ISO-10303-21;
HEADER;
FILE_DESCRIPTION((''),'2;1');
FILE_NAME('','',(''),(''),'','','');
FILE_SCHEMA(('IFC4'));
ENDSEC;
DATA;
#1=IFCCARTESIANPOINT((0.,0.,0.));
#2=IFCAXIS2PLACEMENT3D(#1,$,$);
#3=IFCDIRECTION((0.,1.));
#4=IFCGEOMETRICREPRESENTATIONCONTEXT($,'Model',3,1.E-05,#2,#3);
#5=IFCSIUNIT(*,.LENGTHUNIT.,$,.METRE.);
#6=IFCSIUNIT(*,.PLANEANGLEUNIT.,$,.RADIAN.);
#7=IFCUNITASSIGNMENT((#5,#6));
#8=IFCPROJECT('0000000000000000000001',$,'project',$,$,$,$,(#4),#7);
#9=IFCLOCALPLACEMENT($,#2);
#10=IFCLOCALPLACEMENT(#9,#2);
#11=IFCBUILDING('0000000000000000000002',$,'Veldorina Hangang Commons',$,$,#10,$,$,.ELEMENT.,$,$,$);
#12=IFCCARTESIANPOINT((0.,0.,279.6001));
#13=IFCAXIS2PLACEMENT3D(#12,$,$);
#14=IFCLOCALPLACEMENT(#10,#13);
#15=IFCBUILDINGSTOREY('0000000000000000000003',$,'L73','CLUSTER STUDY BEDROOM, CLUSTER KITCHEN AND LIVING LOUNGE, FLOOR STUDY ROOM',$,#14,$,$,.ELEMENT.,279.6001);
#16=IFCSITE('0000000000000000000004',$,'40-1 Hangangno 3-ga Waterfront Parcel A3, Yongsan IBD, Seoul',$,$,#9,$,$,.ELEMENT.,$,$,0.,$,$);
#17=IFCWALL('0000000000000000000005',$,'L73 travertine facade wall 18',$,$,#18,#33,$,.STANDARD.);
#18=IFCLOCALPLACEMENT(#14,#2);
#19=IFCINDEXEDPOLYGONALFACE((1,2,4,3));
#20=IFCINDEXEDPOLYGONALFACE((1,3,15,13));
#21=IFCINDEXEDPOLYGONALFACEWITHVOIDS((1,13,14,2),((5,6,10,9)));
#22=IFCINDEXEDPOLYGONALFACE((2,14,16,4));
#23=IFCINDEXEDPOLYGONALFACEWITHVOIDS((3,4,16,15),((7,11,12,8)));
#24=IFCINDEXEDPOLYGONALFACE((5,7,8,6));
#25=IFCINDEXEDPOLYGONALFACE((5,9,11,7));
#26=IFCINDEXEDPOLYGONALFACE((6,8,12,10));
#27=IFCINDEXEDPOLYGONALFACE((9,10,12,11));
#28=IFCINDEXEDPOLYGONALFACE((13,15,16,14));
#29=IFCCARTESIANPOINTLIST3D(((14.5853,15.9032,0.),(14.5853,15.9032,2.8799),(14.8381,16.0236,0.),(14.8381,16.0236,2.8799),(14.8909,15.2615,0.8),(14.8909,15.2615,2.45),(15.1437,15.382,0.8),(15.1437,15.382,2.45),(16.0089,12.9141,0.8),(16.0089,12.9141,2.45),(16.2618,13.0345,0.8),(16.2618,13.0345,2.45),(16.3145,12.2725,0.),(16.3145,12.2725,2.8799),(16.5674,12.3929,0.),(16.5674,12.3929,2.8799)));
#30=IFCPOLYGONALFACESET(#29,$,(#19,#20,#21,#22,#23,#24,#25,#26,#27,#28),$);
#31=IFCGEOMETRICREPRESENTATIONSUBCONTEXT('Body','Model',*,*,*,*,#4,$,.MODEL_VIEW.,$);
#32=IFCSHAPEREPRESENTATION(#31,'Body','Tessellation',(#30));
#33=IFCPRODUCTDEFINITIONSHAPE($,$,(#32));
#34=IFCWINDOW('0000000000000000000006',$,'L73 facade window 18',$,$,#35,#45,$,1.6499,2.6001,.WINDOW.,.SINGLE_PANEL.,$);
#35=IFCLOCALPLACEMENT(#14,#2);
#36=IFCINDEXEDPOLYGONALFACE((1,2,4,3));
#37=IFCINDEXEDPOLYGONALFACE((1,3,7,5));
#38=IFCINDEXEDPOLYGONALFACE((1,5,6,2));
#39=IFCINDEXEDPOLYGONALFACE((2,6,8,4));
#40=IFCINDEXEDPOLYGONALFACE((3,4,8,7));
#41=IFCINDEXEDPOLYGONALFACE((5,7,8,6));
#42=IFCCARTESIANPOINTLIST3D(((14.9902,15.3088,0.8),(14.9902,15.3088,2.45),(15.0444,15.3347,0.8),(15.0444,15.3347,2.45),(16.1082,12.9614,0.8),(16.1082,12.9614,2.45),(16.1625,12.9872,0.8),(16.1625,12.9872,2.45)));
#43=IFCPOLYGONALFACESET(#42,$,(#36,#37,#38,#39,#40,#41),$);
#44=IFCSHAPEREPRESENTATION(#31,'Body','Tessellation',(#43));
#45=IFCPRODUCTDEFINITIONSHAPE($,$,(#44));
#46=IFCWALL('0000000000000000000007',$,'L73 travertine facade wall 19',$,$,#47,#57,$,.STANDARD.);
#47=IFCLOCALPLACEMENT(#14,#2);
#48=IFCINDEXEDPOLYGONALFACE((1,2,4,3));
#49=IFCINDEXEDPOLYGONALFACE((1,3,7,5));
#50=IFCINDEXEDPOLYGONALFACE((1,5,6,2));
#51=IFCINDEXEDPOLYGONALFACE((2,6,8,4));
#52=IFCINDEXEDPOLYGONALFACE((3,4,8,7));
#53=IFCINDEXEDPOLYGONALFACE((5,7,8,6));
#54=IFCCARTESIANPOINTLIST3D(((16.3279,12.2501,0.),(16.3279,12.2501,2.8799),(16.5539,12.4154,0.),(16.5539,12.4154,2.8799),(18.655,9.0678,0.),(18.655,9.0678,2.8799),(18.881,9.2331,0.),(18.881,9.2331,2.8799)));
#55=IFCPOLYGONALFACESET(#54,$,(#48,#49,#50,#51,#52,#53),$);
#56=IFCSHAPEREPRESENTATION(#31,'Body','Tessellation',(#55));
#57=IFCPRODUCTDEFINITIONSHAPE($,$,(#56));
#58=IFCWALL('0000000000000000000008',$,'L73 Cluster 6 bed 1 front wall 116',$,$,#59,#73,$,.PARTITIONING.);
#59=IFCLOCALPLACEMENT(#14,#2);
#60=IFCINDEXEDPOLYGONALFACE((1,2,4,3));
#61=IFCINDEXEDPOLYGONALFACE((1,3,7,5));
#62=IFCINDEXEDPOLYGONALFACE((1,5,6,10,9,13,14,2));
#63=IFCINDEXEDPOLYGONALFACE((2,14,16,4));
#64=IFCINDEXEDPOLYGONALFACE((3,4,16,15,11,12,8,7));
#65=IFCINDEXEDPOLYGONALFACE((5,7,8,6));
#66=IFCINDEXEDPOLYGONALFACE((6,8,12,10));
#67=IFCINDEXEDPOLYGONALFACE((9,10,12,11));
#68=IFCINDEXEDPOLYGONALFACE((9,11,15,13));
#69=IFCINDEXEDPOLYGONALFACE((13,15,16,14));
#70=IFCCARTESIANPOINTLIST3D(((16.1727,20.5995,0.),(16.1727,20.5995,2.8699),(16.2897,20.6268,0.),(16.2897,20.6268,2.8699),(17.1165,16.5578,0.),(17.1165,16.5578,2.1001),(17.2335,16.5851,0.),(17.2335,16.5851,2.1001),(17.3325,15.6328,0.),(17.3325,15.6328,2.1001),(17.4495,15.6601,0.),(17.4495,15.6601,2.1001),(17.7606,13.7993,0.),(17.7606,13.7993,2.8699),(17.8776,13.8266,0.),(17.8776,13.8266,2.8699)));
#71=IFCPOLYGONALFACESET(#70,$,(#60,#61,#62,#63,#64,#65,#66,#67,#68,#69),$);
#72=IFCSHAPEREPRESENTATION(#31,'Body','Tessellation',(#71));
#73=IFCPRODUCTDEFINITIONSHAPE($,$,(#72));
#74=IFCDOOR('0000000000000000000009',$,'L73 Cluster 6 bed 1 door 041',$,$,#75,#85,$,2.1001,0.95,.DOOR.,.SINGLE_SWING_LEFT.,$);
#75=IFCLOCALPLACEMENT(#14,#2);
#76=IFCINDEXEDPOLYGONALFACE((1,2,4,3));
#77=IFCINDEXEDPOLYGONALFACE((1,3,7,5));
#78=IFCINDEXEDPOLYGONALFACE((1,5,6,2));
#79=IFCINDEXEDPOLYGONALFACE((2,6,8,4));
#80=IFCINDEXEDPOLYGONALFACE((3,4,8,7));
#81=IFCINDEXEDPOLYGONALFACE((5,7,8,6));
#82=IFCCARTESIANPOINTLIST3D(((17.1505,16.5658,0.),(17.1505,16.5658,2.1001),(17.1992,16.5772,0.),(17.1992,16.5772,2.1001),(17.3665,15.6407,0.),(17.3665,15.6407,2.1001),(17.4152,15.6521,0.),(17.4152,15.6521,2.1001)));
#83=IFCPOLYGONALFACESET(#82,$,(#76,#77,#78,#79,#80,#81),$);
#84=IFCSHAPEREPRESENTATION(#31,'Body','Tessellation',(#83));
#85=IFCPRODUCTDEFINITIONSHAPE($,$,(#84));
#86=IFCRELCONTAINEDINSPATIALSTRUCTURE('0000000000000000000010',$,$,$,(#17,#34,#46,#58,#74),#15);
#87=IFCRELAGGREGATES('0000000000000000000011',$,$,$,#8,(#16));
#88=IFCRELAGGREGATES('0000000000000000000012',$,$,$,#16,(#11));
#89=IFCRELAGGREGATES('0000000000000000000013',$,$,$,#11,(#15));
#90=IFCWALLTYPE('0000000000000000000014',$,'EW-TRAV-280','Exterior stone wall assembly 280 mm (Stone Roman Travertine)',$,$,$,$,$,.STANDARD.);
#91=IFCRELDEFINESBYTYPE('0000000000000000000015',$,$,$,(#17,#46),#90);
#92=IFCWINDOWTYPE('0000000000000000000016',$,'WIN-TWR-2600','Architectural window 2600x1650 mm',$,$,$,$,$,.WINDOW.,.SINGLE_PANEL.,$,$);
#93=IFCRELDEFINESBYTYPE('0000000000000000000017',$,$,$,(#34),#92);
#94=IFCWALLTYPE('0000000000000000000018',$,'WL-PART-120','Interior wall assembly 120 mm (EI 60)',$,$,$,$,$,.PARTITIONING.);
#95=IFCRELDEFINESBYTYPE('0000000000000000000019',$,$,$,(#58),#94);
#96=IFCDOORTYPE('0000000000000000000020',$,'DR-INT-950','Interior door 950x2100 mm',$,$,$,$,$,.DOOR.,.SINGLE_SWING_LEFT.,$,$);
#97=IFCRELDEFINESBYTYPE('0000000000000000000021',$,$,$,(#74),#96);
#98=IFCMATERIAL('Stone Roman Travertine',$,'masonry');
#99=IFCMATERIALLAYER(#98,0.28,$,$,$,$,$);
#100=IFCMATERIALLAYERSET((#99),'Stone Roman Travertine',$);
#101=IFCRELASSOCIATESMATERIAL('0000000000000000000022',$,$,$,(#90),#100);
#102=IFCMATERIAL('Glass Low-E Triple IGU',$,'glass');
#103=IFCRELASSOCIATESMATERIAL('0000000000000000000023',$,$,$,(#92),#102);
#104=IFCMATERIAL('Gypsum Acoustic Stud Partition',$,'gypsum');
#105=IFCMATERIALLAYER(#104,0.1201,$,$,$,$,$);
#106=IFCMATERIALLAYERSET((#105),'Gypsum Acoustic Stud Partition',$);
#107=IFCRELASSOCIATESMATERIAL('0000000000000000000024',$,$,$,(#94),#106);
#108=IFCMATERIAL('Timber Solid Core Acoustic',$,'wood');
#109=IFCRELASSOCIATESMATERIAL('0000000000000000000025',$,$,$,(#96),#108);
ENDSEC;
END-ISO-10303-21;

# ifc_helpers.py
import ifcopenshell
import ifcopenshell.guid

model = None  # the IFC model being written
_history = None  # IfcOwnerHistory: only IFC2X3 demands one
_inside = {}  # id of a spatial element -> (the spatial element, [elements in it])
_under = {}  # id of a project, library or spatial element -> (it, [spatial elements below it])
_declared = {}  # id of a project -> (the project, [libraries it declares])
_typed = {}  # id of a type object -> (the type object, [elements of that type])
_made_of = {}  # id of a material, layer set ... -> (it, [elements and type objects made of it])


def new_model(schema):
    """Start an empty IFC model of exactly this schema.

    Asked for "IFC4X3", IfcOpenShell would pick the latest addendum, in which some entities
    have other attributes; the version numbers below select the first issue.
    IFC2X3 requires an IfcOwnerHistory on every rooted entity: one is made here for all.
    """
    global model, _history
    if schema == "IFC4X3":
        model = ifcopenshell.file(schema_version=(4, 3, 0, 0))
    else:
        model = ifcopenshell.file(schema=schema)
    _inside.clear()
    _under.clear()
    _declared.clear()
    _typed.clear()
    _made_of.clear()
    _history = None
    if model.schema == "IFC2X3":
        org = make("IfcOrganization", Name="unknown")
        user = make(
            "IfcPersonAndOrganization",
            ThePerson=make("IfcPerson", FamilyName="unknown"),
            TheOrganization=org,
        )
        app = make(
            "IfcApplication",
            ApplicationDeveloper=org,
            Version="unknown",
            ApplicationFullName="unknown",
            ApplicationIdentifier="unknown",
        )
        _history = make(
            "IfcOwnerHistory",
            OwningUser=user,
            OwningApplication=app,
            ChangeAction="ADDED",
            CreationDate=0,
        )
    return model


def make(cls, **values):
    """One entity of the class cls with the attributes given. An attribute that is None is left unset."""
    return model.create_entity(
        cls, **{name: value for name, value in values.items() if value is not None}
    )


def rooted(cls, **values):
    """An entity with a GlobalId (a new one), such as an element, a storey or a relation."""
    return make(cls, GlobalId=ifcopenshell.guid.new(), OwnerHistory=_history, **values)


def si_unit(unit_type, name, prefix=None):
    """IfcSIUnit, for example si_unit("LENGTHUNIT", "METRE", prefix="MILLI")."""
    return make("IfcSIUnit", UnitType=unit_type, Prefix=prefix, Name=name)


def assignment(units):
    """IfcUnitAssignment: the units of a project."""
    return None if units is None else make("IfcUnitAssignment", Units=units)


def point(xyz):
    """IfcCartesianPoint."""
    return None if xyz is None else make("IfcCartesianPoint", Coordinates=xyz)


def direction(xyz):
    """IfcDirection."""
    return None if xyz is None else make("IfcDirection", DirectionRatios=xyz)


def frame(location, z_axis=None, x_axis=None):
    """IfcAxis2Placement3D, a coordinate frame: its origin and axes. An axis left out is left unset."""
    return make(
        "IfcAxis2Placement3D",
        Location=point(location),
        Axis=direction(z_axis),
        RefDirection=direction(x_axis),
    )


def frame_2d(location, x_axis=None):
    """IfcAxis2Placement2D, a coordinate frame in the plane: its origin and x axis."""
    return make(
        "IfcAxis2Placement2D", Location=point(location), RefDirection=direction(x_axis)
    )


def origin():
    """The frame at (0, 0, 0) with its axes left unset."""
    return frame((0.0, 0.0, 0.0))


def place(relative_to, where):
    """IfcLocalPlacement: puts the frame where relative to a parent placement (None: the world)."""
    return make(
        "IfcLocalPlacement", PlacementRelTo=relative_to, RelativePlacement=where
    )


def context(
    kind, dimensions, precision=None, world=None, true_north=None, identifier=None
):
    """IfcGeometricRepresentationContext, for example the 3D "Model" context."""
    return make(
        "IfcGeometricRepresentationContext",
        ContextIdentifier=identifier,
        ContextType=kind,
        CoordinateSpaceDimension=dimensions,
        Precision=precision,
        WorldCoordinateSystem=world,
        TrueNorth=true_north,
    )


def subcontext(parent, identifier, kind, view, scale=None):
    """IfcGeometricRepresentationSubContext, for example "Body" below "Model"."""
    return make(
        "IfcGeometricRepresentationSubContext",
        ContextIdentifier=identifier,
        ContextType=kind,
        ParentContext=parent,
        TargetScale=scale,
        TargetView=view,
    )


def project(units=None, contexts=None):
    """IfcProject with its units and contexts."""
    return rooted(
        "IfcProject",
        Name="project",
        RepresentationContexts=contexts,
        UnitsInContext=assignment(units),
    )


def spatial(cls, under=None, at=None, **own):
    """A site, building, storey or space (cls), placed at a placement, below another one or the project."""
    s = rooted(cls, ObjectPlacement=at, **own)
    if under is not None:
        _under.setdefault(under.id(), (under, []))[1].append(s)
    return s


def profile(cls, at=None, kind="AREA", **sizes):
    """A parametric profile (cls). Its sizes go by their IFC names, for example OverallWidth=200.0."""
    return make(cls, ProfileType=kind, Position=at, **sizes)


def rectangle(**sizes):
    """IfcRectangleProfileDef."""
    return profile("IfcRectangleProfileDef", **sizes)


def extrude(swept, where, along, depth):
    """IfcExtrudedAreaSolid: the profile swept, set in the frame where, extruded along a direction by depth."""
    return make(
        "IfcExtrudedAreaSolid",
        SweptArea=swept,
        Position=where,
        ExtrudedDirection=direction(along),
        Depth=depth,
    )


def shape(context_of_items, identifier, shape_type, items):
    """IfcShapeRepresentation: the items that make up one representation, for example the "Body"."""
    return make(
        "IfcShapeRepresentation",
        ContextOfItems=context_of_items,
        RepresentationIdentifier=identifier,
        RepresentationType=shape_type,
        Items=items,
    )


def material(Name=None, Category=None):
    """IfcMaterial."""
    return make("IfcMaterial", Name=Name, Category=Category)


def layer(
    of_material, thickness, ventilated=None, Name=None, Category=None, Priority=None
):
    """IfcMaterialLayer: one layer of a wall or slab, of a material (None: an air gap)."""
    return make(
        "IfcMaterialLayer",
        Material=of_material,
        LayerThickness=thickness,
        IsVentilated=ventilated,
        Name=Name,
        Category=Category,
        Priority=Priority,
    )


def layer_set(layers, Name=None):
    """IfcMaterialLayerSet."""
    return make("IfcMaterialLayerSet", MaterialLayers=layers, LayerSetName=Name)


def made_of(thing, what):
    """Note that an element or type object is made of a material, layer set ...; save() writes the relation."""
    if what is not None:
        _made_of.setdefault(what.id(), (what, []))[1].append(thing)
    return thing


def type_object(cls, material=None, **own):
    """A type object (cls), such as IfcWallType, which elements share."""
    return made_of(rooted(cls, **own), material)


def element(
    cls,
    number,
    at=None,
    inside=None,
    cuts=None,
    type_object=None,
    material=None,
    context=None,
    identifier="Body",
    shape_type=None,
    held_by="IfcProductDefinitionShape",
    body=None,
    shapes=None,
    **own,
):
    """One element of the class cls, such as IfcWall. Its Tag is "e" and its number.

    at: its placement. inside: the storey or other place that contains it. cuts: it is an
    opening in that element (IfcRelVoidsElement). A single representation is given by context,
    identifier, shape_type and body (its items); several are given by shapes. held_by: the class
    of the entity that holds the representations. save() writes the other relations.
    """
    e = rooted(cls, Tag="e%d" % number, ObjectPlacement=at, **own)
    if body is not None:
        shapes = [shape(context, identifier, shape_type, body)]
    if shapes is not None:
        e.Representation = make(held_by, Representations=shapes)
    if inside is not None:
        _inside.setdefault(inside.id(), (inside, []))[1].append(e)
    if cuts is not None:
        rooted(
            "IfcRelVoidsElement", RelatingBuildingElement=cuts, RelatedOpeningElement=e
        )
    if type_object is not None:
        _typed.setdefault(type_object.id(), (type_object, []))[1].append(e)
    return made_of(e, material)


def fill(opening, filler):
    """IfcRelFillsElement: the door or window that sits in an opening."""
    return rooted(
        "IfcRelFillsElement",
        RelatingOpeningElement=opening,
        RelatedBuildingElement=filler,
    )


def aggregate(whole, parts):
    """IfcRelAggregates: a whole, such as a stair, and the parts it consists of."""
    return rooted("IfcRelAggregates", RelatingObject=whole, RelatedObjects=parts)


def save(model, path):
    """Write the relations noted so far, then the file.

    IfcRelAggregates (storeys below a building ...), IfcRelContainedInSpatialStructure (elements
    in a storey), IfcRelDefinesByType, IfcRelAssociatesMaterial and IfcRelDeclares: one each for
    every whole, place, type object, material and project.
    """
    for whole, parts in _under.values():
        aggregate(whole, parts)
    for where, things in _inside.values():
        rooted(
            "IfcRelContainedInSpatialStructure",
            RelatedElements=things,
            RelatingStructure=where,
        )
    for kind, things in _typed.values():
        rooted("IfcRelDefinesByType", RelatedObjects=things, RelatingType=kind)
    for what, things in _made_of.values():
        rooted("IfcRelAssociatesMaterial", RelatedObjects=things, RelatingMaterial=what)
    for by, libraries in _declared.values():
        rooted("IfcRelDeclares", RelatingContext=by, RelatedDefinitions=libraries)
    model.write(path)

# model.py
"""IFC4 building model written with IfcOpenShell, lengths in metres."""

from ifc_helpers import new_model, si_unit, direction, frame, frame_2d, origin, place, context, subcontext, project, spatial, rectangle, extrude, material, layer, layer_set, type_object, element, fill, save


model = new_model("IFC4")

# Units and contexts
model_context = context("Model", 3, precision=1e-05, world=origin(), true_north=direction((0.0, 1.0)))
body_context = subcontext(model_context, "Body", "Model", "MODEL_VIEW")
ifc_project = project(units=[si_unit("LENGTHUNIT", "METRE"), si_unit("PLANEANGLEUNIT", "RADIAN")], contexts=[model_context])

# Site, building, storey
site_placement = place(None, origin())
site = spatial("IfcSite", under=ifc_project, at=site_placement, Name="40-1 Hangangno 3-ga Waterfront Parcel A3, Yongsan IBD, Seoul", CompositionType="ELEMENT", RefElevation=0.0)
building_placement = place(site_placement, origin())
building = spatial("IfcBuilding", under=site, at=building_placement, Name="Veldorina Hangang Commons", CompositionType="ELEMENT")
storey_placement = place(building_placement, frame((0.0, 0.0, 279.6001)))
storey = spatial("IfcBuildingStorey", under=building, at=storey_placement, Name="L73", Description="CLUSTER STUDY BEDROOM, CLUSTER KITCHEN AND LIVING LOUNGE, FLOOR STUDY ROOM", CompositionType="ELEMENT", Elevation=279.6001)

# Shared definitions
ifc_material_1 = material(Name="Stone Roman Travertine", Category="masonry")
ifc_layer_1 = layer(ifc_material_1, 0.28)
ifc_layer_set_1 = layer_set([ifc_layer_1], Name="Stone Roman Travertine")
wall_type_1 = type_object("IfcWallType", Name="EW-TRAV-280", Description="Exterior stone wall assembly 280 mm (Stone Roman Travertine)", PredefinedType="STANDARD", material=ifc_layer_set_1)

# Wall, opening, window
wall_1_placement = place(storey_placement, frame((14.7117, 15.9634, 0.0), z_axis=(0.0, 0.0, 1.0), x_axis=(0.430011, -0.902823, 0.0)))
wall_1 = element("IfcWall", 1, at=wall_1_placement, inside=storey, type_object=wall_type_1, Name="L73 travertine facade wall 18", PredefinedType="STANDARD", context=body_context, shape_type="SweptSolid", body=[
    extrude(rectangle(XDim=4.0215, YDim=0.28, at=frame_2d((2.0107, 0.0))), origin(), (0.0, 0.0, 1.0), 2.8799),
])
opening_1_placement = place(wall_1_placement, frame((0.7107, 0.0, 0.8)))
opening_1 = element("IfcOpeningElement", 2, at=opening_1_placement, cuts=wall_1, PredefinedType="OPENING", context=body_context, shape_type="SweptSolid", body=[
    extrude(rectangle(XDim=2.6001, YDim=1.6499, at=frame_2d((1.3, 0.825))), frame((0.0, 0.1499, 0.0), z_axis=(0.0, -1.0, 0.0), x_axis=(1.0, 0.0, 0.0)), (0.0, 0.0, 1.0), 0.3),
])
ifc_material_2 = material(Name="Glass Low-E Triple IGU", Category="glass")
window_type = type_object("IfcWindowType", Name="WIN-TWR-2600", Description="Architectural window 2600x1650 mm", PartitioningType="SINGLE_PANEL", PredefinedType="WINDOW", material=ifc_material_2)
window_placement = place(opening_1_placement, origin())
window = element("IfcWindow", 3, at=window_placement, inside=storey, type_object=window_type, Name="L73 facade window 18", OverallHeight=1.6499, OverallWidth=2.6001, PartitioningType="SINGLE_PANEL", PredefinedType="WINDOW", context=body_context, shape_type="SweptSolid", body=[
    extrude(rectangle(XDim=2.6001, YDim=1.6499, at=frame_2d((1.3, 0.825))), frame((0.0, 0.03, 0.0), z_axis=(0.0, -1.0, 0.0), x_axis=(1.0, 0.0, 0.0)), (0.0, 0.0, 1.0), 0.0601),
])
fill(opening_1, window)

# Wall
wall_2_placement = place(storey_placement, frame((16.4409, 12.3328, 0.0), z_axis=(0.0, 0.0, 1.0), x_axis=(0.590276, -0.807202, 0.0)))
element("IfcWall", 4, at=wall_2_placement, inside=storey, type_object=wall_type_1, Name="L73 travertine facade wall 19", PredefinedType="STANDARD", context=body_context, shape_type="SweptSolid", body=[
    extrude(rectangle(XDim=3.9424, YDim=0.28, at=frame_2d((1.9712, 0.0))), origin(), (0.0, 0.0, 1.0), 2.8799),
])

# Wall, opening, door
ifc_material_3 = material(Name="Gypsum Acoustic Stud Partition", Category="gypsum")
ifc_layer_2 = layer(ifc_material_3, 0.1201)
ifc_layer_set_2 = layer_set([ifc_layer_2], Name="Gypsum Acoustic Stud Partition")
wall_type_2 = type_object("IfcWallType", Name="WL-PART-120", Description="Interior wall assembly 120 mm (EI 60)", PredefinedType="PARTITIONING", material=ifc_layer_set_2)
wall_3_placement = place(storey_placement, frame((16.2312, 20.6133, 0.0), z_axis=(0.0, 0.0, 1.0), x_axis=(0.227387, -0.973805, 0.0)))
wall_3 = element("IfcWall", 5, at=wall_3_placement, inside=storey, type_object=wall_type_2, Name="L73 Cluster 6 bed 1 front wall 116", PredefinedType="PARTITIONING", context=body_context, shape_type="SweptSolid", body=[
    extrude(rectangle(XDim=6.9832, YDim=0.1201, at=frame_2d((3.4917, 0.0))), origin(), (0.0, 0.0, 1.0), 2.8699),
])
opening_2_placement = place(wall_3_placement, frame((4.1504, 0.0, 0.0)))
opening_2 = element("IfcOpeningElement", 6, at=opening_2_placement, cuts=wall_3, PredefinedType="OPENING", context=body_context, shape_type="SweptSolid", body=[
    extrude(rectangle(XDim=0.95, YDim=2.1001, at=frame_2d((0.4751, 1.05))), frame((0.0, 0.0701, 0.0), z_axis=(0.0, -1.0, 0.0), x_axis=(1.0, 0.0, 0.0)), (0.0, 0.0, 1.0), 0.1401),
])
ifc_material_4 = material(Name="Timber Solid Core Acoustic", Category="wood")
door_type = type_object("IfcDoorType", Name="DR-INT-950", Description="Interior door 950x2100 mm", OperationType="SINGLE_SWING_LEFT", PredefinedType="DOOR", material=ifc_material_4)
door_placement = place(opening_2_placement, origin())
door = element("IfcDoor", 7, at=door_placement, inside=storey, type_object=door_type, Name="L73 Cluster 6 bed 1 door 041", OperationType="SINGLE_SWING_LEFT", OverallHeight=2.1001, OverallWidth=0.95, PredefinedType="DOOR", context=body_context, shape_type="SweptSolid", body=[
    extrude(rectangle(XDim=0.95, YDim=2.1001, at=frame_2d((0.4751, 1.05))), frame((0.0, 0.0249, 0.0), z_axis=(0.0, -1.0, 0.0), x_axis=(1.0, 0.0, 0.0)), (0.0, 0.0, 1.0), 0.05),
])
fill(opening_2, door)

save(model, "model.ifc")
